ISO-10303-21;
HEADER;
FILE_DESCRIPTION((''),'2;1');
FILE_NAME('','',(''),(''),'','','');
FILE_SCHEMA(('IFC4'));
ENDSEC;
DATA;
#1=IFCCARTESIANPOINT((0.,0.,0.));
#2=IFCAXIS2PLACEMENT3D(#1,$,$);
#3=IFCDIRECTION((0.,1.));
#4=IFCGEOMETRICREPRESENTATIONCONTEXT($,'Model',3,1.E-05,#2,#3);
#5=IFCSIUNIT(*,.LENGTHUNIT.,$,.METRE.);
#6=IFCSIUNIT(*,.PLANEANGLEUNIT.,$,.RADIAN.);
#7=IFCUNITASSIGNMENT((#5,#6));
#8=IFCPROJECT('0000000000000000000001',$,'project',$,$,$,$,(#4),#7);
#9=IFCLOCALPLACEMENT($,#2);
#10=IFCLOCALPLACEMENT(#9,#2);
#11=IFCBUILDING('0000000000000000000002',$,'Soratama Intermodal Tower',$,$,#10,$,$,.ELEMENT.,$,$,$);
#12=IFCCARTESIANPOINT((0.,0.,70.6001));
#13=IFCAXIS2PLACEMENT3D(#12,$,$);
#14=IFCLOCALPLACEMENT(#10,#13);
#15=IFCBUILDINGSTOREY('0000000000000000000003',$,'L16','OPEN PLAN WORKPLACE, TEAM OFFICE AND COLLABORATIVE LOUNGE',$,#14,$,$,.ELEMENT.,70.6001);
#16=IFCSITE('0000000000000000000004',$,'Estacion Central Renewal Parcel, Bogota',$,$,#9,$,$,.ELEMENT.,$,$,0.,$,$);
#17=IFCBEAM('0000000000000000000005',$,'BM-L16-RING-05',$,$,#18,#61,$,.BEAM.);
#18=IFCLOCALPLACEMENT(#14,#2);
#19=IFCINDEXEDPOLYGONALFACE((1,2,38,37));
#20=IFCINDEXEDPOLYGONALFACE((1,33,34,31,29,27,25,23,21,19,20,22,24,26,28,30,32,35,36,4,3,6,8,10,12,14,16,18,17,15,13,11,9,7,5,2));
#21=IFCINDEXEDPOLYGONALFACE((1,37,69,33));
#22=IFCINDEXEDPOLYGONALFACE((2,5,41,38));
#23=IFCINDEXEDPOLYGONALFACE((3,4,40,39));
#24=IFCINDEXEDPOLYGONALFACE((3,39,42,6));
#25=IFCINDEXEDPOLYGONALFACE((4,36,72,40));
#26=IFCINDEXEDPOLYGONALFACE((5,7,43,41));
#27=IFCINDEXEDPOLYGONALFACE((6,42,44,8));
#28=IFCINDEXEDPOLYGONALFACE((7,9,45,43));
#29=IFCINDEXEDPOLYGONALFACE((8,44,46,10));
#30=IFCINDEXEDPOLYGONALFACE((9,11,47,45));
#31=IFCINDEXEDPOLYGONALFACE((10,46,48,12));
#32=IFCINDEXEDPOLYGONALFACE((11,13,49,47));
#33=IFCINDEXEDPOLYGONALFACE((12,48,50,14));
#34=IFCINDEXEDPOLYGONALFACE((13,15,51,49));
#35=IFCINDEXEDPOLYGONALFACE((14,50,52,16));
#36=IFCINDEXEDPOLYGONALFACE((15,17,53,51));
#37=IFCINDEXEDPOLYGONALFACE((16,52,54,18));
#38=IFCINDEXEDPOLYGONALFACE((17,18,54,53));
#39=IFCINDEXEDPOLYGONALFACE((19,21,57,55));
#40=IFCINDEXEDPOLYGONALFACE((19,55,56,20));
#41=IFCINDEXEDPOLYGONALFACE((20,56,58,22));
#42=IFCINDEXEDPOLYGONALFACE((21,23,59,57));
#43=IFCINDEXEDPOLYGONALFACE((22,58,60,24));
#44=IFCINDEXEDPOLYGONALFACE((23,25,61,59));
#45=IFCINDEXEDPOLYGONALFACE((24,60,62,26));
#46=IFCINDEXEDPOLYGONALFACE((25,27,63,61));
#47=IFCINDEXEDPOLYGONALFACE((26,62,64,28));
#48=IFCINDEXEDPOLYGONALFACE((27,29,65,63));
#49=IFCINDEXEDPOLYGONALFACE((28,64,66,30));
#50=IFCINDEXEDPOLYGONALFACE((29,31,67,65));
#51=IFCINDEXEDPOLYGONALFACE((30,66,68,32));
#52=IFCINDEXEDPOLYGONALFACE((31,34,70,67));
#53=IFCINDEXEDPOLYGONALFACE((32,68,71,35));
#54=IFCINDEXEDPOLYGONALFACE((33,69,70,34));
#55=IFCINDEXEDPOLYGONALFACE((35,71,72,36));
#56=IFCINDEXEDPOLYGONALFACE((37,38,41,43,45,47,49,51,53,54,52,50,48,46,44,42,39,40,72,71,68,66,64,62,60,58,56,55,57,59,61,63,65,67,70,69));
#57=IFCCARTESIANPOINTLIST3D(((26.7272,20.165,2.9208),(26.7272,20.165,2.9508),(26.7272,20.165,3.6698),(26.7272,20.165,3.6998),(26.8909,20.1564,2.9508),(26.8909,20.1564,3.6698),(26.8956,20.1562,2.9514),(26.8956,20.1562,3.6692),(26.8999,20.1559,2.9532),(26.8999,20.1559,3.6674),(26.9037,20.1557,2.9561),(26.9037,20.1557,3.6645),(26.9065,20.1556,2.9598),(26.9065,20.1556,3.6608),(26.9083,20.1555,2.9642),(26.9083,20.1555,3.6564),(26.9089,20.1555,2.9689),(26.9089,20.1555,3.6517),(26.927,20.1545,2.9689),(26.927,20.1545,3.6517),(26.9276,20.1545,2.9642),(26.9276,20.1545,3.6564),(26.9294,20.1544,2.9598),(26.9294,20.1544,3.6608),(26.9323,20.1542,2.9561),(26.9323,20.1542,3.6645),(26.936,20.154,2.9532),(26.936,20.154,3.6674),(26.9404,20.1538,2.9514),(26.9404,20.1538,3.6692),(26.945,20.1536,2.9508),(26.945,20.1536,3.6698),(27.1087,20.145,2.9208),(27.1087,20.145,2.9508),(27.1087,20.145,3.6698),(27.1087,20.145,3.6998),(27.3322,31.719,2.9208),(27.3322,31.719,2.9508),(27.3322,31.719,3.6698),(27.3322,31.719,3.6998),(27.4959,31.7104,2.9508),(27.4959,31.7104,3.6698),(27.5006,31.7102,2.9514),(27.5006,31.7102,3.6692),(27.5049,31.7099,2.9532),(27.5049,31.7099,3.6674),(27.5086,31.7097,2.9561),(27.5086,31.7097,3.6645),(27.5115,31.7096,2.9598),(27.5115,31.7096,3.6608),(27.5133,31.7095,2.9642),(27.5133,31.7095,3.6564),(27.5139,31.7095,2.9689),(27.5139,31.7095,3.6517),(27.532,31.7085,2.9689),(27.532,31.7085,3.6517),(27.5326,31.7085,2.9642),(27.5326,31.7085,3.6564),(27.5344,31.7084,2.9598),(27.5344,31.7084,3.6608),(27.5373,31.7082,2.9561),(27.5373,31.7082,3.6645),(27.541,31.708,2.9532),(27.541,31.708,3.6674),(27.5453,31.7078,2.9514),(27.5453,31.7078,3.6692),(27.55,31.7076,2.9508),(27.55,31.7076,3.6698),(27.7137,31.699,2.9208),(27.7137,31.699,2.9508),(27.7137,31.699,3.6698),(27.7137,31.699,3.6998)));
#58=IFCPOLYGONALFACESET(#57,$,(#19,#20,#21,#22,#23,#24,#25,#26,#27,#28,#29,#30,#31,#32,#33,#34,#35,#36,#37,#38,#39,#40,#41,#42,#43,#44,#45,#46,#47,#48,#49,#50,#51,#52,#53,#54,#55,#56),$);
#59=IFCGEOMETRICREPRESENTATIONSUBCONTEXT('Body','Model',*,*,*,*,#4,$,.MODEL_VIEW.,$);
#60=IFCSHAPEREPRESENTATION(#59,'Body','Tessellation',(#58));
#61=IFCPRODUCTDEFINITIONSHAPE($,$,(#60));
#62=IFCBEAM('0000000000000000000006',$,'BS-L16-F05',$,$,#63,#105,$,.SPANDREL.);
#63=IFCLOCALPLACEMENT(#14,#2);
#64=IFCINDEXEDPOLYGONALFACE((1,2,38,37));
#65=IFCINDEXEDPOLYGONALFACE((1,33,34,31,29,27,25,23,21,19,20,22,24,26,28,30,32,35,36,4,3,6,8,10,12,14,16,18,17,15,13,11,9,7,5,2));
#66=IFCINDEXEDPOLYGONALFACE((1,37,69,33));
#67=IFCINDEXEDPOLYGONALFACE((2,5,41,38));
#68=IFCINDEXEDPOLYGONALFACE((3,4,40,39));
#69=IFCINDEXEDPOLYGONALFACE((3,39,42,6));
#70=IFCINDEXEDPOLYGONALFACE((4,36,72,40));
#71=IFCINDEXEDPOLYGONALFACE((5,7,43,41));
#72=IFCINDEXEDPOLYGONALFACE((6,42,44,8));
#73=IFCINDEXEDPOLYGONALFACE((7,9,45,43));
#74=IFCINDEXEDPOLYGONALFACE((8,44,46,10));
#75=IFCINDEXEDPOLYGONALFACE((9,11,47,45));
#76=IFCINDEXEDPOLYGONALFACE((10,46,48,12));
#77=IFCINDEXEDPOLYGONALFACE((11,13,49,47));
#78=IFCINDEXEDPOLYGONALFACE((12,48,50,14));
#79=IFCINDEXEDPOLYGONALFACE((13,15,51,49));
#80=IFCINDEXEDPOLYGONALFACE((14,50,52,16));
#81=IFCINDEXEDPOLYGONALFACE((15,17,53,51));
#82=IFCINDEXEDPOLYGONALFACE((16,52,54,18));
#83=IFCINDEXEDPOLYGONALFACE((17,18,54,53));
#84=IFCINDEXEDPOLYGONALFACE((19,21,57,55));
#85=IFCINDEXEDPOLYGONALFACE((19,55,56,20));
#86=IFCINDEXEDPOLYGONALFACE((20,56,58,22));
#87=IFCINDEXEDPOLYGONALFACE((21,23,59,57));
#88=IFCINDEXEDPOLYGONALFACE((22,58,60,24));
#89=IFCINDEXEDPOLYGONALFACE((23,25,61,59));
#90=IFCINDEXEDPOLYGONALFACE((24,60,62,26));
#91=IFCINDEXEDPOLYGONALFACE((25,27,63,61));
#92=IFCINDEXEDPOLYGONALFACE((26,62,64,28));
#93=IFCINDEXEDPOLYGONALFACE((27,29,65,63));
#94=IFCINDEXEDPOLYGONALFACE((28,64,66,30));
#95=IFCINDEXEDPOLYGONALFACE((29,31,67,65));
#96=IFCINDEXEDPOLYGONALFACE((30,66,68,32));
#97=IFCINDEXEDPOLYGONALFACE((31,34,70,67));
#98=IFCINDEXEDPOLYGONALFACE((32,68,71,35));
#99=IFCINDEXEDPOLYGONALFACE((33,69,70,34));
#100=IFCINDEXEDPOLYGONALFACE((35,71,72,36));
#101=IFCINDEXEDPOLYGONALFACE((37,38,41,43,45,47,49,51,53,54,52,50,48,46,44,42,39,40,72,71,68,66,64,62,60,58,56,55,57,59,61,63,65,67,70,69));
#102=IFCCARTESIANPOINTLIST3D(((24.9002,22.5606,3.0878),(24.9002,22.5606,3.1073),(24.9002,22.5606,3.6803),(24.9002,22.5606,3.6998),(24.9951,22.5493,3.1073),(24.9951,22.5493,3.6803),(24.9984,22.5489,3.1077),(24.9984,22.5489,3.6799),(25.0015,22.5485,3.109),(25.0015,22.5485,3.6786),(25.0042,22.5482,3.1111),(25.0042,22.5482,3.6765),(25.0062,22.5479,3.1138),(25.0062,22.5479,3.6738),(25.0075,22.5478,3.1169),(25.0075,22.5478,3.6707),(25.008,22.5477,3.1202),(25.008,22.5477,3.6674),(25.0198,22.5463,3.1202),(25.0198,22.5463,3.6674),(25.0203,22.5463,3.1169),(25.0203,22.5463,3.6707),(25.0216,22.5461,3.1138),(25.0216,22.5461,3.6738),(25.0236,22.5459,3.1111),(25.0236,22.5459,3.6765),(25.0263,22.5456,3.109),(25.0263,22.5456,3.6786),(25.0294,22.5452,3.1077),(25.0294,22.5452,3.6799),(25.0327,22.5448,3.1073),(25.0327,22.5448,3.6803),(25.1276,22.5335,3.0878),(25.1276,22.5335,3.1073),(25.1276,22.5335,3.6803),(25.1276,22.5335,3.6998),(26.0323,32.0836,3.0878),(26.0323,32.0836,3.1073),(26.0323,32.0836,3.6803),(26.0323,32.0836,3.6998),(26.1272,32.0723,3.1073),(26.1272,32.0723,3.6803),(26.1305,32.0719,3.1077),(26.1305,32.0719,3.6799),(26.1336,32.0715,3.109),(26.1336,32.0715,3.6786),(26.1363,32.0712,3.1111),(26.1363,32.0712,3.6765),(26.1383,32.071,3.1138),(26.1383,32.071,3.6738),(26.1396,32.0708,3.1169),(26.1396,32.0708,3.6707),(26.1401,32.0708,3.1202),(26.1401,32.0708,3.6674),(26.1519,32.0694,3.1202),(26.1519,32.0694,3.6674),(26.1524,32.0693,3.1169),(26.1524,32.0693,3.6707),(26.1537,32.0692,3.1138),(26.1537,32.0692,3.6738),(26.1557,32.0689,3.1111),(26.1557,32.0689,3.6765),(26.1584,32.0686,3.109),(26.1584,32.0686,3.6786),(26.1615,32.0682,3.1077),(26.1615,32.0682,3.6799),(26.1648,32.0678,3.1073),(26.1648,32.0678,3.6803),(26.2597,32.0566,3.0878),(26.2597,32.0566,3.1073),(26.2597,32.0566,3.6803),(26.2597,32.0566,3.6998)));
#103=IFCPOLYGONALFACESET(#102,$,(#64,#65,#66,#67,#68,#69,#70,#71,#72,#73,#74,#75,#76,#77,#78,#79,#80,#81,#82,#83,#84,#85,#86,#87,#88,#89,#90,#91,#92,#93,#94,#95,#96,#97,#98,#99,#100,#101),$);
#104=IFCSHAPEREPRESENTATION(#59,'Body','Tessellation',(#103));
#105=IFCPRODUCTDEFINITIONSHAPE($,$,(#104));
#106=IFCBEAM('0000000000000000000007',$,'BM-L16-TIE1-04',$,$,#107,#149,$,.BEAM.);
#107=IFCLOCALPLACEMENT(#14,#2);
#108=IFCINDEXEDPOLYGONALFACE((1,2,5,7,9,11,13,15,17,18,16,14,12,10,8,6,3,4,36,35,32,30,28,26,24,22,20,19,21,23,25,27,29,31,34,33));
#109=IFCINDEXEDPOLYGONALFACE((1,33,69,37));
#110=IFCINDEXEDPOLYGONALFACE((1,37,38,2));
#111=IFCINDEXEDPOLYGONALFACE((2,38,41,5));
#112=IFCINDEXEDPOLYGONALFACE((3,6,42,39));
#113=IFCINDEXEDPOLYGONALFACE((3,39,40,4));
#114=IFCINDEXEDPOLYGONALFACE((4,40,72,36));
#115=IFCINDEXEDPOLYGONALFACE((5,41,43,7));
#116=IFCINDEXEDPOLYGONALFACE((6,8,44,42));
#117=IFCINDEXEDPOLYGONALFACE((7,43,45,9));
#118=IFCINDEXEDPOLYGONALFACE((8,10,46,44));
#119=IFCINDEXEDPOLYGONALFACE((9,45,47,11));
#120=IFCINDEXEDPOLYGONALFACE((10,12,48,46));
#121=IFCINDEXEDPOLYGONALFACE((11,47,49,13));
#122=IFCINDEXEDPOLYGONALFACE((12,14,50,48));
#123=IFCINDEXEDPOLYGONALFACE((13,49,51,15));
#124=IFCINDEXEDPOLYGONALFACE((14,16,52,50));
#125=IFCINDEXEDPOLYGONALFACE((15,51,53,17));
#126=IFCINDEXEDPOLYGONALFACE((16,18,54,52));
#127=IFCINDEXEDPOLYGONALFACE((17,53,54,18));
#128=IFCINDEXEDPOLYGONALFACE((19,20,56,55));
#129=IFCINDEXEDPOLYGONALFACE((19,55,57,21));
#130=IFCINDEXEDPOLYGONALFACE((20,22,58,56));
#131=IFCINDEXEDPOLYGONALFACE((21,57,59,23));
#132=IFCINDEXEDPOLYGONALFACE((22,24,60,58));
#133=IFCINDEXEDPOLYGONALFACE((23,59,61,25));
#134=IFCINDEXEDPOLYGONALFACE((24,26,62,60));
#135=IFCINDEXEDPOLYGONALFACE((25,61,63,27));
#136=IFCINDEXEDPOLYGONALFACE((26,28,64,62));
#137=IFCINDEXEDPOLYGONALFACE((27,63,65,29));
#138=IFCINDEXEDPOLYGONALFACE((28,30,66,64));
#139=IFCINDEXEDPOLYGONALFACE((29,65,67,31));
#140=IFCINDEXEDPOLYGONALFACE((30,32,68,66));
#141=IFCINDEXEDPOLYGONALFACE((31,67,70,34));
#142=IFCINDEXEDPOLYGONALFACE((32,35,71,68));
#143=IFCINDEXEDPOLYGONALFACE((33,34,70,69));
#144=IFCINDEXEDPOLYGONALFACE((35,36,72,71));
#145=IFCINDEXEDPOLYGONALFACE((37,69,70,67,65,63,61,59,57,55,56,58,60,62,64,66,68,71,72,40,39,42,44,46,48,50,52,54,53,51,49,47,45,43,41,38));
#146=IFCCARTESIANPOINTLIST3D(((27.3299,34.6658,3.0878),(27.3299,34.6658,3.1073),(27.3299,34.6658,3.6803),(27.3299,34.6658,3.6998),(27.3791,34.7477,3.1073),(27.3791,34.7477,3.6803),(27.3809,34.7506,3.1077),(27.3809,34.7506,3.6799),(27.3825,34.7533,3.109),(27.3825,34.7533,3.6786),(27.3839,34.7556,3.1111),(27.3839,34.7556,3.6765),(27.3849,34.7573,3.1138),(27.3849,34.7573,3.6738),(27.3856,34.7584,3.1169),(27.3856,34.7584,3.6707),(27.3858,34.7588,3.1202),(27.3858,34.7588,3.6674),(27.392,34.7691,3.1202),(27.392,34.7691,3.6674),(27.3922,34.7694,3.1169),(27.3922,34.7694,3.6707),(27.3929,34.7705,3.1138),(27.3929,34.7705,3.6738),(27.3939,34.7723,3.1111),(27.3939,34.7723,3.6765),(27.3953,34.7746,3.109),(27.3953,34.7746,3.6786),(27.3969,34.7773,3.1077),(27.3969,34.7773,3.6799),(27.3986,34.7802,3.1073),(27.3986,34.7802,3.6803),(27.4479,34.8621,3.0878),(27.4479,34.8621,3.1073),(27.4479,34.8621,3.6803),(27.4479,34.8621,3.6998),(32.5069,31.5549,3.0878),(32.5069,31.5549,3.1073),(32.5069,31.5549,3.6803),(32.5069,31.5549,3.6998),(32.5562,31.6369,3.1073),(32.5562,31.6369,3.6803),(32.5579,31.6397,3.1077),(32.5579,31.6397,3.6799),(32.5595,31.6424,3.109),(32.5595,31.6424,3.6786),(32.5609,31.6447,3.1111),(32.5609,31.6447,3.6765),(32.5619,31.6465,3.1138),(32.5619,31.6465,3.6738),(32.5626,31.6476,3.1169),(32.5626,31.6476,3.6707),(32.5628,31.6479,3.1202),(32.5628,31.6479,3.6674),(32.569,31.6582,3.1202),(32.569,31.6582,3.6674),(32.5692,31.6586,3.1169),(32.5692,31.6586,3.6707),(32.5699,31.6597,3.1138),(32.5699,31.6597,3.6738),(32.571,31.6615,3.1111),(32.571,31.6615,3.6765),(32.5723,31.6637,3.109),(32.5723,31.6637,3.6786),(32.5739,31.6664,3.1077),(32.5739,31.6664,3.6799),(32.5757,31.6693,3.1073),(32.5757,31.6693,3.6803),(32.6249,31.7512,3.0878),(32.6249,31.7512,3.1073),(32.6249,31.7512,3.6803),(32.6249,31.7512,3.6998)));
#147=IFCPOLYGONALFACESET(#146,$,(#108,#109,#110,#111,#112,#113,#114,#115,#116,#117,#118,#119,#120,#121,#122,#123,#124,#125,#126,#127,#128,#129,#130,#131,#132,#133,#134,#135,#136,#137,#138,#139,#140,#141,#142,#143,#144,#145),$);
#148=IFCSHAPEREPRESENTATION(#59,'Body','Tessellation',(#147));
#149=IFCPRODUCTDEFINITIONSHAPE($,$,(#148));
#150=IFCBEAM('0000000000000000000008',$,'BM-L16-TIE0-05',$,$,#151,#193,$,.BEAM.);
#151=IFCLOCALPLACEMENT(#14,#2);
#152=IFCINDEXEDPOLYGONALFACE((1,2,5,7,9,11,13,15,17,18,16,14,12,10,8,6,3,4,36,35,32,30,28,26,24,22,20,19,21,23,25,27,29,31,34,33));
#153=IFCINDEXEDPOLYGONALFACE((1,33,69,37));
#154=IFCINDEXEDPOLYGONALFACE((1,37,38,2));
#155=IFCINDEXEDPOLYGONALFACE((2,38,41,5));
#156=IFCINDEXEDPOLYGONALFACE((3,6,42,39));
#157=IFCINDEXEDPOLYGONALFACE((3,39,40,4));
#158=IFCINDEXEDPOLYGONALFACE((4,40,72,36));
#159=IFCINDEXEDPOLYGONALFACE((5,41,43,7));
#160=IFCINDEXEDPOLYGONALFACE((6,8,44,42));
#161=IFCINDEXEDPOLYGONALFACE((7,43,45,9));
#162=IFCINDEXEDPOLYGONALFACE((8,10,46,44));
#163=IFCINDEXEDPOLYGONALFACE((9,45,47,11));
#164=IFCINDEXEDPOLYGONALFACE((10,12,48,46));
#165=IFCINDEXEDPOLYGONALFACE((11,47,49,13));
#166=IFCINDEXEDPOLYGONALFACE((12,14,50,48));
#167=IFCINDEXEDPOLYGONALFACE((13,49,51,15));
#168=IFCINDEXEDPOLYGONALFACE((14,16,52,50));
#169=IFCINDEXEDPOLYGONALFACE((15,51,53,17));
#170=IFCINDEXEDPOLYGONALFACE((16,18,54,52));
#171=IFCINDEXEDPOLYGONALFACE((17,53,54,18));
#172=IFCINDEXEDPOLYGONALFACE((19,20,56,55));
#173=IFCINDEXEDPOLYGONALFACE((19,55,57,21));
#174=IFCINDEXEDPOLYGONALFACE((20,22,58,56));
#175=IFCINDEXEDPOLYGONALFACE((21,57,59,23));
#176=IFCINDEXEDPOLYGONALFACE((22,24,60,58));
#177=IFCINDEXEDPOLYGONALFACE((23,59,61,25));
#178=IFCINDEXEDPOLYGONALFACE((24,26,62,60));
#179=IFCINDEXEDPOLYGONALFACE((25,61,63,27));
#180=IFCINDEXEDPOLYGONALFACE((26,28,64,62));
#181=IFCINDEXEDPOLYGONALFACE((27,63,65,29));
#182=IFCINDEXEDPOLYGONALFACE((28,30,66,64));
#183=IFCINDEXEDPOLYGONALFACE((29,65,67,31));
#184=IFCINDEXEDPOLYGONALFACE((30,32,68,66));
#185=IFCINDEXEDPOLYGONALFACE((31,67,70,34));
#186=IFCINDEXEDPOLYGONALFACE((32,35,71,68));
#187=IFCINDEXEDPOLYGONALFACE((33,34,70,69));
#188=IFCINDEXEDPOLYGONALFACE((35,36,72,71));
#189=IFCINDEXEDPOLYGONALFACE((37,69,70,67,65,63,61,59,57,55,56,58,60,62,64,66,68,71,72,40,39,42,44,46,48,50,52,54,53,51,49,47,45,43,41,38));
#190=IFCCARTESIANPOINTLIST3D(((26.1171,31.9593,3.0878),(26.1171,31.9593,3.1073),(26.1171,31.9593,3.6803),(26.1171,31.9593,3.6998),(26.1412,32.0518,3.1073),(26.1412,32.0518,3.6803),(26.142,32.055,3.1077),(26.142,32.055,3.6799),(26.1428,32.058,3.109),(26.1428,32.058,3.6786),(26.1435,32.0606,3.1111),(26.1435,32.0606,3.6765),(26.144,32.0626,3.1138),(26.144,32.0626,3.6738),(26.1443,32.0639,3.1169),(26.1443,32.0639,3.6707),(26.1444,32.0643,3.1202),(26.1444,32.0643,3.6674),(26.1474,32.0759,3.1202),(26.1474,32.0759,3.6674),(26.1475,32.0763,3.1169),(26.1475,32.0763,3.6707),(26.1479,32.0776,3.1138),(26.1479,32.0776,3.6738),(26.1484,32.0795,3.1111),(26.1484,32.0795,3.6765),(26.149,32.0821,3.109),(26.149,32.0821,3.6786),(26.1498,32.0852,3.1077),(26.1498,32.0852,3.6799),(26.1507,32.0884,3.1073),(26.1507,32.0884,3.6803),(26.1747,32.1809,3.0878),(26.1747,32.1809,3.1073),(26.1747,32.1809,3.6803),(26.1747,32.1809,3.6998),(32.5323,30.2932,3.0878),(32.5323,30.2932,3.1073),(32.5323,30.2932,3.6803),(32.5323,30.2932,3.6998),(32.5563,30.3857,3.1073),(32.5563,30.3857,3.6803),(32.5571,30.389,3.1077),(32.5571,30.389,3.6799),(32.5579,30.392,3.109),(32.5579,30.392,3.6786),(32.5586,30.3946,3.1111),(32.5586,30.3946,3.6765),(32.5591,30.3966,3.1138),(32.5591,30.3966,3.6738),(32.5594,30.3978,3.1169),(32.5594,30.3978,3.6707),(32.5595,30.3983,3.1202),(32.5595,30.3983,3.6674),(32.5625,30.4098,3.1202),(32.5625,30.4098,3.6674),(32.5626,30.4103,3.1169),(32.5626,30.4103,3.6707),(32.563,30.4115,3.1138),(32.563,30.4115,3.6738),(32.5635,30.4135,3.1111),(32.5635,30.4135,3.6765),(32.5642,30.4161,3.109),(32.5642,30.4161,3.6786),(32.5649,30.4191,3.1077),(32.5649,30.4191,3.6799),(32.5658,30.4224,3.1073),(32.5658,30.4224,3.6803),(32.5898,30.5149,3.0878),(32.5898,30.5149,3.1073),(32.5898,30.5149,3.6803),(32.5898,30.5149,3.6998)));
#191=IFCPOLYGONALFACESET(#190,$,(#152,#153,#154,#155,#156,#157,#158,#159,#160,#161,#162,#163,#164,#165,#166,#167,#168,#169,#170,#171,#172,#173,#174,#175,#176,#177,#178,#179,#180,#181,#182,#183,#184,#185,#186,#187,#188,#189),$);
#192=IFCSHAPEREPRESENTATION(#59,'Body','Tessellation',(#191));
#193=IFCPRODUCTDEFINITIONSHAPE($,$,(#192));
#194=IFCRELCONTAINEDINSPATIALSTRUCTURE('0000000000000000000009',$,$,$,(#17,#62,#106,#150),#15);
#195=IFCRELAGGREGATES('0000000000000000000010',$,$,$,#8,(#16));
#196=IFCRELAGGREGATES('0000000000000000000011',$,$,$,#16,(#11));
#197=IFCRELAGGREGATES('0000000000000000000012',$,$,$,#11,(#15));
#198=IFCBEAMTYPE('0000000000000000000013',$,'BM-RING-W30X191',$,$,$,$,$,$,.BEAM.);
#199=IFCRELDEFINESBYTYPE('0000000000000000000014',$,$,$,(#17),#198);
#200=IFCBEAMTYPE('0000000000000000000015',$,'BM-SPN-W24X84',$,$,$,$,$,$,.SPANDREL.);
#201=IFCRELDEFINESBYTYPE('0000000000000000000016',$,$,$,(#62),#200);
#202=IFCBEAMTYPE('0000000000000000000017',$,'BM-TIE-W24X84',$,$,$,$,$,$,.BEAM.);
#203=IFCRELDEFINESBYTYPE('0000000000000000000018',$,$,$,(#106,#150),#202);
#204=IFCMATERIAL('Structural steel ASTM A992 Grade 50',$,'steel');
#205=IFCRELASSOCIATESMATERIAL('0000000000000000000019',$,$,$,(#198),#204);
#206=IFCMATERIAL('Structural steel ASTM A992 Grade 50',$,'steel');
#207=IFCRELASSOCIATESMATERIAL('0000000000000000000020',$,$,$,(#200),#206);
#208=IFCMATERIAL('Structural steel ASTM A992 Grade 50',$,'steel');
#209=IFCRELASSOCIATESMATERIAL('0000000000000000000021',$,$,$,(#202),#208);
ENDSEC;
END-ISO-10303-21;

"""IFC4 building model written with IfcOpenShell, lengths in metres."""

from ifc_helpers import new_model, si_unit, direction, frame, origin, origin_2d, place, context, subcontext, project, spatial, i_section, extrude, material, material_profile, profile_set, type_object, element, save


model = new_model("IFC4")

# Units and contexts
model_context = context("Model", 3, precision=1e-05, world=origin(), true_north=direction((0.0, 1.0)))
body_context = subcontext(model_context, "Body", "Model", "MODEL_VIEW")
ifc_project = project(units=[si_unit("LENGTHUNIT", "METRE"), si_unit("PLANEANGLEUNIT", "RADIAN")], contexts=[model_context])

# Site, building, storey
site_placement = place(None, origin())
site = spatial("IfcSite", under=ifc_project, at=site_placement, Name="Estacion Central Renewal Parcel, Bogota", CompositionType="ELEMENT", RefElevation=0.0)
building_placement = place(site_placement, origin())
building = spatial("IfcBuilding", under=site, at=building_placement, Name="Soratama Intermodal Tower", CompositionType="ELEMENT")
storey_placement = place(building_placement, frame((0.0, 0.0, 70.6001)))
storey = spatial("IfcBuildingStorey", under=building, at=storey_placement, Name="L16", Description="OPEN PLAN WORKPLACE, TEAM OFFICE AND COLLABORATIVE LOUNGE", CompositionType="ELEMENT", Elevation=70.6001)

# Beams
ifc_material_1 = material(Name="Structural steel ASTM A992 Grade 50", Category="steel")
ifc_material_profile_1 = material_profile(ifc_material_1, i_section(OverallWidth=0.3821, OverallDepth=0.7791, WebThickness=0.0181, FlangeThickness=0.03, FilletRadius=0.0181, at=origin_2d()), Name="W30X191")
ifc_profile_set_1 = profile_set([ifc_material_profile_1], Name="Structural steel ASTM A992 Grade 50")
beam_type_1 = type_object("IfcBeamType", Name="BM-RING-W30X191", PredefinedType="BEAM", material=ifc_profile_set_1)
beam_1_placement = place(storey_placement, frame((27.5229, 31.709, 3.3103), z_axis=(-0.05229, -0.998632, 0.0), x_axis=(0.998632, -0.05229, 0.0)))
element("IfcBeam", 1, at=beam_1_placement, inside=storey, type_object=beam_type_1, Name="BM-L16-RING-05", PredefinedType="BEAM", context=body_context, shape_type="SweptSolid", body=[
    extrude(i_section(OverallWidth=0.3821, OverallDepth=0.7791, WebThickness=0.0181, FlangeThickness=0.03, FilletRadius=0.0181, at=origin_2d()), origin(), (0.0, 0.0, 1.0), 11.5698),
])
ifc_material_2 = material(Name="Structural steel ASTM A992 Grade 50", Category="steel")
ifc_material_profile_2 = material_profile(ifc_material_2, i_section(OverallWidth=0.229, OverallDepth=0.6121, WebThickness=0.012, FlangeThickness=0.0195, FilletRadius=0.0129, at=origin_2d()), Name="W24X84")
ifc_profile_set_2 = profile_set([ifc_material_profile_2], Name="Structural steel ASTM A992 Grade 50")
beam_type_2 = type_object("IfcBeamType", Name="BM-SPN-W24X84", PredefinedType="SPANDREL", material=ifc_profile_set_2)
beam_2_placement = place(storey_placement, frame((26.146, 32.0701, 3.3938), z_axis=(-0.118048, -0.993008, 0.0), x_axis=(0.993008, -0.118048, 0.0)))
element("IfcBeam", 2, at=beam_2_placement, inside=storey, type_object=beam_type_2, Name="BS-L16-F05", PredefinedType="SPANDREL", context=body_context, shape_type="SweptSolid", body=[
    extrude(i_section(OverallWidth=0.229, OverallDepth=0.6121, WebThickness=0.012, FlangeThickness=0.0195, FilletRadius=0.0129, at=origin_2d()), origin(), (0.0, 0.0, 1.0), 9.5901),
])
ifc_material_3 = material(Name="Structural steel ASTM A992 Grade 50", Category="steel")
ifc_material_profile_3 = material_profile(ifc_material_3, i_section(OverallWidth=0.229, OverallDepth=0.6121, WebThickness=0.012, FlangeThickness=0.0195, FilletRadius=0.0129, at=origin_2d()), Name="W24X84")
ifc_profile_set_3 = profile_set([ifc_material_profile_3], Name="Structural steel ASTM A992 Grade 50")
beam_type_3 = type_object("IfcBeamType", Name="BM-TIE-W24X84", PredefinedType="BEAM", material=ifc_profile_set_3)
beam_3_placement = place(storey_placement, frame((32.5659, 31.6531, 3.3938), z_axis=(-0.857154, 0.51506, 0.0), x_axis=(-0.51506, -0.857154, 0.0)))
element("IfcBeam", 3, at=beam_3_placement, inside=storey, type_object=beam_type_3, Name="BM-L16-TIE1-04", PredefinedType="BEAM", context=body_context, shape_type="SweptSolid", body=[
    extrude(i_section(OverallWidth=0.229, OverallDepth=0.6121, WebThickness=0.012, FlangeThickness=0.0195, FilletRadius=0.0129, at=origin_2d()), origin(), (0.0, 0.0, 1.0), 6.0398),
])
beam_4_placement = place(storey_placement, frame((32.561, 30.4041, 3.3938), z_axis=(-0.967892, 0.251366, 0.0), x_axis=(-0.251366, -0.967892, 0.0)))
element("IfcBeam", 4, at=beam_4_placement, inside=storey, type_object=beam_type_3, Name="BM-L16-TIE0-05", PredefinedType="BEAM", context=body_context, shape_type="SweptSolid", body=[
    extrude(i_section(OverallWidth=0.229, OverallDepth=0.6121, WebThickness=0.012, FlangeThickness=0.0195, FilletRadius=0.0129, at=origin_2d()), origin(), (0.0, 0.0, 1.0), 6.6279),
])

save(model, "model.ifc")
